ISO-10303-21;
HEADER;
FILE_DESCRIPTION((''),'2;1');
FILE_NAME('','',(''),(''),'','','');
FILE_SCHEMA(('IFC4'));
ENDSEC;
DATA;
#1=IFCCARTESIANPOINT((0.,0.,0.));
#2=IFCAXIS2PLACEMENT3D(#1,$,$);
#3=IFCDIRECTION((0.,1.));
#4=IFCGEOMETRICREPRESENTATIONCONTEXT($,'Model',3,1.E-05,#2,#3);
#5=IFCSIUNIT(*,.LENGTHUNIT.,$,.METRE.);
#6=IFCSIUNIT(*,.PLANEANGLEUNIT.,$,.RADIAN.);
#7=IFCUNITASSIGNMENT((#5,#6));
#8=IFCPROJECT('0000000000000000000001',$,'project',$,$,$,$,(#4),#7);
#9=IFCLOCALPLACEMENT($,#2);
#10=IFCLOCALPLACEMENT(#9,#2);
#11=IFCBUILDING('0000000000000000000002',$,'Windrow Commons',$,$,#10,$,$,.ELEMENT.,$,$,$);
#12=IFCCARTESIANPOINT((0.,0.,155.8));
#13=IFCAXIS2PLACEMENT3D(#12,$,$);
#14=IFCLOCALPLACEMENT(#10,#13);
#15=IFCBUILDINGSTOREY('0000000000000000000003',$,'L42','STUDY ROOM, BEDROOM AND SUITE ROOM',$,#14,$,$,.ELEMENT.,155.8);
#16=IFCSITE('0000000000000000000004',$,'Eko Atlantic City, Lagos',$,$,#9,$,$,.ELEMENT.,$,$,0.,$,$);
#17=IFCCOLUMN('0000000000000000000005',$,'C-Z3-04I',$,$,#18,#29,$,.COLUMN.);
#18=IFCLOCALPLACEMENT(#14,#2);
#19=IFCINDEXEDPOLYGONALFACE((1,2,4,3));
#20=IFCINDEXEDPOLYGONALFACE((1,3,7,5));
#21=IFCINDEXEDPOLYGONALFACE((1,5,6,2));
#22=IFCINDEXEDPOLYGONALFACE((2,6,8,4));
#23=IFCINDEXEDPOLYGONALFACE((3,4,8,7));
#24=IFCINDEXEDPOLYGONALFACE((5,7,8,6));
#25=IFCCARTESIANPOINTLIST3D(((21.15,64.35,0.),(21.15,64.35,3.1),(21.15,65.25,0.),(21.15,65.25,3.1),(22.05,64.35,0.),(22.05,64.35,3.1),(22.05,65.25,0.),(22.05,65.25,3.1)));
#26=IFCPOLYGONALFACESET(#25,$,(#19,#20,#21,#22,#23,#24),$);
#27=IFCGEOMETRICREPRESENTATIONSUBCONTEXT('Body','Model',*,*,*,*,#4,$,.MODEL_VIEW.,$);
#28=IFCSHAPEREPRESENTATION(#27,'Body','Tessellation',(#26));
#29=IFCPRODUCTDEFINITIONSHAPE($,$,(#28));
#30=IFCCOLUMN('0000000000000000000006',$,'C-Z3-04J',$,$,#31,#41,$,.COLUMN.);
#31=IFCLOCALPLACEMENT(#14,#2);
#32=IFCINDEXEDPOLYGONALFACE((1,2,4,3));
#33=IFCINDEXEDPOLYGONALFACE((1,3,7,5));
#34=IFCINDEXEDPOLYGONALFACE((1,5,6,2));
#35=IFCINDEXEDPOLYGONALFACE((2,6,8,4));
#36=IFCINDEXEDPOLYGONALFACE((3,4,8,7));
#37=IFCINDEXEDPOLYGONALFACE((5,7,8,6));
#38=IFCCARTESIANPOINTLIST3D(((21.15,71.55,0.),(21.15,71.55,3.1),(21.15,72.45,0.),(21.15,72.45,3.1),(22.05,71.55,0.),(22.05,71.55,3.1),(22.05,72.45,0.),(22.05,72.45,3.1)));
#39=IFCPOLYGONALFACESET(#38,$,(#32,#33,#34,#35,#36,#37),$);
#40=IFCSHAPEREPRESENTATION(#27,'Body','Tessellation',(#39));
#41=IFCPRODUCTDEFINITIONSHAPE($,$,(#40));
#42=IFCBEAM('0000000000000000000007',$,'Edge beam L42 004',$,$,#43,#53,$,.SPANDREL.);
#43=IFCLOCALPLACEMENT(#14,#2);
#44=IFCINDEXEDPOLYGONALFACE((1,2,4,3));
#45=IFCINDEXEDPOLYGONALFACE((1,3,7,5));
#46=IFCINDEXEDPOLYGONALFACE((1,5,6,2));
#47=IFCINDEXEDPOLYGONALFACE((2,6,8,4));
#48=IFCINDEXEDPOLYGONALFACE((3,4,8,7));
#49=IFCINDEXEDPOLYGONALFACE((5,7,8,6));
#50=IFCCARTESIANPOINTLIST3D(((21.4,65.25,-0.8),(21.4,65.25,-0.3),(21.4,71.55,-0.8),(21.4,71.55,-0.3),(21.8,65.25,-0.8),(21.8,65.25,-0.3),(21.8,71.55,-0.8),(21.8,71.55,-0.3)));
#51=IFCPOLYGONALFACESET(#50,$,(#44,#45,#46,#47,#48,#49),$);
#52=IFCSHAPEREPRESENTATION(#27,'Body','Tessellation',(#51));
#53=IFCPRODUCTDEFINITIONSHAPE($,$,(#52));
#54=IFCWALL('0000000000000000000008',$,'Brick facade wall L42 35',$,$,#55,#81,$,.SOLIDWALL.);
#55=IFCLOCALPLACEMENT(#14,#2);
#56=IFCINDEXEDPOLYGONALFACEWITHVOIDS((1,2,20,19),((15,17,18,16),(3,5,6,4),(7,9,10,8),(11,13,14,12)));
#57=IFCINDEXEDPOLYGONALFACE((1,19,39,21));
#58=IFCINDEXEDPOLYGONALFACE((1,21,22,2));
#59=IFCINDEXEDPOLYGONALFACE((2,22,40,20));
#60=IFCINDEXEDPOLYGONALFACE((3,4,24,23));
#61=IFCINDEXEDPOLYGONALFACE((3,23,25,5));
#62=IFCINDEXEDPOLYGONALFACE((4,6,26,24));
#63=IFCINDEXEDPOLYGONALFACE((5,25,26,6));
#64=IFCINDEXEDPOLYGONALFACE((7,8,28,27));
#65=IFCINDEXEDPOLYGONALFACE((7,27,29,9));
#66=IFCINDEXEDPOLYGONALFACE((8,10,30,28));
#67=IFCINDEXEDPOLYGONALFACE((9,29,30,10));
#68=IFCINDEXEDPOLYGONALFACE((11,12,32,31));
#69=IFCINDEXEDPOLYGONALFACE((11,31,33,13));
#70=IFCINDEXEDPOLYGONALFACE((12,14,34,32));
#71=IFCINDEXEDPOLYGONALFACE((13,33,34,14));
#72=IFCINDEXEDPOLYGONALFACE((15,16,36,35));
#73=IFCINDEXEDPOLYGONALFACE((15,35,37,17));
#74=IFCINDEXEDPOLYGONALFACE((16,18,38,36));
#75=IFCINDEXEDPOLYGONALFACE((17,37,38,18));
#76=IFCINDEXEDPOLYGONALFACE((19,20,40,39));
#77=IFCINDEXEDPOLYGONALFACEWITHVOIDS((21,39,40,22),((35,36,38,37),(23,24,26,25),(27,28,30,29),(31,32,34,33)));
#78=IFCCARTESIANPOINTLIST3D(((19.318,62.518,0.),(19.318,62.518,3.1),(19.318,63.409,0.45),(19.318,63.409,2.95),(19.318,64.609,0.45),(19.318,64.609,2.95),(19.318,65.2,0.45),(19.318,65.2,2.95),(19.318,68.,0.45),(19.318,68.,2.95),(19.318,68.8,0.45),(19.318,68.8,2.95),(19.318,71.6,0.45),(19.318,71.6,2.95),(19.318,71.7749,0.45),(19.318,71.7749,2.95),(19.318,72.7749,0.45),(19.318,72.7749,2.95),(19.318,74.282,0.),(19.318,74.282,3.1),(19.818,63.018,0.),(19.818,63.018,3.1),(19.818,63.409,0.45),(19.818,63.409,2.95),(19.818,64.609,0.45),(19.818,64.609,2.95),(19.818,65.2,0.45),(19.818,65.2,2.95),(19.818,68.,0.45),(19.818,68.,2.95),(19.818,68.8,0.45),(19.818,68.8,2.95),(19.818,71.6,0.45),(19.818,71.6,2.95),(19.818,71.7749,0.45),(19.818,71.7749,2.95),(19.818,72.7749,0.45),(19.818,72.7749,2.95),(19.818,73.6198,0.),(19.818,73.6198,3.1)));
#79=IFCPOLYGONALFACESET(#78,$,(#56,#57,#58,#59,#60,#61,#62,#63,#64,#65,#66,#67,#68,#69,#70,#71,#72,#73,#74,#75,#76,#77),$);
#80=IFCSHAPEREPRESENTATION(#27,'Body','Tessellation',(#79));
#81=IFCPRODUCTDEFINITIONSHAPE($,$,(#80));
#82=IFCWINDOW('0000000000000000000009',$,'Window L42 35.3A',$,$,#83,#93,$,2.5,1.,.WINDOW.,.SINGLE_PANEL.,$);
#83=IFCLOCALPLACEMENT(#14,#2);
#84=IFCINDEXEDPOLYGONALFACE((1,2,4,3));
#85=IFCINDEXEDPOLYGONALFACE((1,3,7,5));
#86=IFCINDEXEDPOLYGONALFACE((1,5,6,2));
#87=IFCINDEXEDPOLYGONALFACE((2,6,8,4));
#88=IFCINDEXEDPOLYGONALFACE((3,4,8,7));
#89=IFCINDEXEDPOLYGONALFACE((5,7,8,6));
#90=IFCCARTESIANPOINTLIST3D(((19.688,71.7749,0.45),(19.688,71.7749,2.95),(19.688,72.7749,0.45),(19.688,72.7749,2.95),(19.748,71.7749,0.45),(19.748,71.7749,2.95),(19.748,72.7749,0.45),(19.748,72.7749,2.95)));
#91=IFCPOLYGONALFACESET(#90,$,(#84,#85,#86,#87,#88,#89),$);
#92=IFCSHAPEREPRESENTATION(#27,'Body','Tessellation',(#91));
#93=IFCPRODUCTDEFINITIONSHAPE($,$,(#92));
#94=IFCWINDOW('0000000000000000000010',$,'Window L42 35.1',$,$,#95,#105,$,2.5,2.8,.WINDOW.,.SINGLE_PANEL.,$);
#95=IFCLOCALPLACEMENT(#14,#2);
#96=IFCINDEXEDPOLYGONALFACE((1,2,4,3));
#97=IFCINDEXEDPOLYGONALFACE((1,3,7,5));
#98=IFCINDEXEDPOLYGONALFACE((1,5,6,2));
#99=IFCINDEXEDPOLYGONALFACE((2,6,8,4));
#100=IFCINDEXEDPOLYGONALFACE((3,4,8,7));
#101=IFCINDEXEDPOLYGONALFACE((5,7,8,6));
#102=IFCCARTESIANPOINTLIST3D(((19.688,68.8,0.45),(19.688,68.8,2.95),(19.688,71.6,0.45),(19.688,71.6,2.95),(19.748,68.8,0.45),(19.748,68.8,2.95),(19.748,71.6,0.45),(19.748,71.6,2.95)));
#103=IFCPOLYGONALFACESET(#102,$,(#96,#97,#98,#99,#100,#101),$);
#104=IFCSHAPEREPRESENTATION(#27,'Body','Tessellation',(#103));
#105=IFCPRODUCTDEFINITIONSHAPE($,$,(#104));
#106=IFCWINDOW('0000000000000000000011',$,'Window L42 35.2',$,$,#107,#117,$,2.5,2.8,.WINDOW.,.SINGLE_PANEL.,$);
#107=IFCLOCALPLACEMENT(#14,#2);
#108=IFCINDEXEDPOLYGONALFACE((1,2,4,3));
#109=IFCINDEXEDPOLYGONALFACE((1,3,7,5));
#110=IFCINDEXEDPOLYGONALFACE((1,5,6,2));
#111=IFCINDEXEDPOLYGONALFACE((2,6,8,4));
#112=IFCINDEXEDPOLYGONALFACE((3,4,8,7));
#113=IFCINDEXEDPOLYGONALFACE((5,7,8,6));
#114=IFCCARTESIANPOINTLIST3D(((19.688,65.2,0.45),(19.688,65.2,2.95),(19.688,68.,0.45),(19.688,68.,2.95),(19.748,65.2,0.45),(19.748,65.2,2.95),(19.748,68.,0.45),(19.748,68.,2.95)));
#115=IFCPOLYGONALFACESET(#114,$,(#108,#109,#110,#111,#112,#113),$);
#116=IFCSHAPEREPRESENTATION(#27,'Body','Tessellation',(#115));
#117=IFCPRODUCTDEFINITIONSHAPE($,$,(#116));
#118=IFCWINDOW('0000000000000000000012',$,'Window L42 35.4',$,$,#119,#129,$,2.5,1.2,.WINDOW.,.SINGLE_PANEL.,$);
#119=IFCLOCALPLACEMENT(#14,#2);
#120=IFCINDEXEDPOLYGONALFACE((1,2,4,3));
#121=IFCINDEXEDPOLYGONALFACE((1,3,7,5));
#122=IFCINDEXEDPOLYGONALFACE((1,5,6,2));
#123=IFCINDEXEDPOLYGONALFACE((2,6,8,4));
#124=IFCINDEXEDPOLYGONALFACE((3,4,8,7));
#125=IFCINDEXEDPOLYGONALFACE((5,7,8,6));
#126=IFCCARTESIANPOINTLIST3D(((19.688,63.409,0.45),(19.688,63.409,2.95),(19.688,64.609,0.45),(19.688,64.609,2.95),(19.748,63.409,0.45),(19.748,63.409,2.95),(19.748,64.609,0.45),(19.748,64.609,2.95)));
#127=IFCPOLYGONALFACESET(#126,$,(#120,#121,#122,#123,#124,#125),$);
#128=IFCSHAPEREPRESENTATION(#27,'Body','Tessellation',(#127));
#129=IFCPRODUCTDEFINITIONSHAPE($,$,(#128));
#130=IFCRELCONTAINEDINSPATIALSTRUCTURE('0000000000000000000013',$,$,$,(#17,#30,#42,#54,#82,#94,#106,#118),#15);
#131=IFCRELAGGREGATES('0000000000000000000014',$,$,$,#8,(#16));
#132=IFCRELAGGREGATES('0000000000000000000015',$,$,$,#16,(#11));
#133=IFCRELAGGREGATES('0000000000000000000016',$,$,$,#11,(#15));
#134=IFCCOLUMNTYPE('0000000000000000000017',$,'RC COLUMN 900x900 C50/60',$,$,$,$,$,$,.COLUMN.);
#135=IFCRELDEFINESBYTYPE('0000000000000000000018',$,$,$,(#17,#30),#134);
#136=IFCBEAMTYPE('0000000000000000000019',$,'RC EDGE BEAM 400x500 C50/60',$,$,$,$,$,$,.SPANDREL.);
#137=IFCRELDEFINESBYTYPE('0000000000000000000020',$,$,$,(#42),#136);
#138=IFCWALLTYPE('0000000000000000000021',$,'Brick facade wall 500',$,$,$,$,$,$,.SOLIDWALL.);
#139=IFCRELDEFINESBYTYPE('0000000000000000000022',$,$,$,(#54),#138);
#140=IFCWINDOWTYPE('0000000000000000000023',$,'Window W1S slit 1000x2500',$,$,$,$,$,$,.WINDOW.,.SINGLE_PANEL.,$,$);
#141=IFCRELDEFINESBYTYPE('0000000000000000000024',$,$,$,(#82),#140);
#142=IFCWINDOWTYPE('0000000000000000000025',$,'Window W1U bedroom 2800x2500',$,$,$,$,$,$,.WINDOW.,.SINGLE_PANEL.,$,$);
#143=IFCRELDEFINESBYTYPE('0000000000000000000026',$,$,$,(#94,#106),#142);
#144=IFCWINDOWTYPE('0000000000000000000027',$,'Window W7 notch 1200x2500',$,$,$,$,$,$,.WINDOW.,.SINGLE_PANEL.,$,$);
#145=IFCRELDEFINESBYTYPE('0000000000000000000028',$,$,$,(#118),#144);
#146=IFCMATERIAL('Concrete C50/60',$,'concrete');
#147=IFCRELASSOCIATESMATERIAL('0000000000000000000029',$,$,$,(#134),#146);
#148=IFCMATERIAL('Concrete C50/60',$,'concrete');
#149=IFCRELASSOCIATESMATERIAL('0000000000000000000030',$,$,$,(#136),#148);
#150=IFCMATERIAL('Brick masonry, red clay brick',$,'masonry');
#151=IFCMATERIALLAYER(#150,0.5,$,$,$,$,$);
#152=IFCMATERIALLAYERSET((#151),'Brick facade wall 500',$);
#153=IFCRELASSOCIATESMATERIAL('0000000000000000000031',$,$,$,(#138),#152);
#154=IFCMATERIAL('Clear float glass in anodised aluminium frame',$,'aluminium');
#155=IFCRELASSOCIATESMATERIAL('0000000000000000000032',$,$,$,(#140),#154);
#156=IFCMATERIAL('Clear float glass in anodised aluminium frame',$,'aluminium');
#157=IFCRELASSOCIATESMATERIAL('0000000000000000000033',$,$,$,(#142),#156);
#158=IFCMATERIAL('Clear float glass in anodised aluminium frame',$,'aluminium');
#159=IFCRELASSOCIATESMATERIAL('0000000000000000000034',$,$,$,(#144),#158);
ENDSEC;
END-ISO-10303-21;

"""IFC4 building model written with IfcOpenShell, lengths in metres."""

from ifc_helpers import new_model, si_unit, direction, frame, frame_2d, origin, origin_2d, place, context, subcontext, project, spatial, polyline, rectangle, outline, extrude, material, layer, layer_set, material_profile, profile_set, type_object, element, fill, save


model = new_model("IFC4")

# Units and contexts
model_context = context("Model", 3, precision=1e-05, world=origin(), true_north=direction((0.0, 1.0)))
body_context = subcontext(model_context, "Body", "Model", "MODEL_VIEW")
ifc_project = project(units=[si_unit("LENGTHUNIT", "METRE"), si_unit("PLANEANGLEUNIT", "RADIAN")], contexts=[model_context])

# Site, building, storey
site_placement = place(None, origin())
site = spatial("IfcSite", under=ifc_project, at=site_placement, Name="Eko Atlantic City, Lagos", CompositionType="ELEMENT", RefElevation=0.0)
building_placement = place(site_placement, origin())
building = spatial("IfcBuilding", under=site, at=building_placement, Name="Windrow Commons", CompositionType="ELEMENT")
storey_placement = place(building_placement, frame((0.0, 0.0, 155.8)))
storey = spatial("IfcBuildingStorey", under=building, at=storey_placement, Name="L42", Description="STUDY ROOM, BEDROOM AND SUITE ROOM", CompositionType="ELEMENT", Elevation=155.8)

# Columns
ifc_material_1 = material(Name="Concrete C50/60", Category="concrete")
ifc_material_profile_1 = material_profile(ifc_material_1, rectangle(XDim=0.9, YDim=0.9, at=origin_2d()))
ifc_profile_set_1 = profile_set([ifc_material_profile_1], Name="Concrete C50/60")
column_type = type_object("IfcColumnType", Name="RC COLUMN 900x900 C50/60", PredefinedType="COLUMN", material=ifc_profile_set_1)
for number, where, z_axis, x_axis, name in (
    (1, (21.6, 64.8, 0.0), (0.0, 0.0, 1.0), (1.0, 0.0, 0.0), "C-Z3-04I"),
    (2, (21.6, 72.0, 0.0), (0.0, 0.0, 1.0), (1.0, 0.0, 0.0), "C-Z3-04J"),
):
    element("IfcColumn", number, at=place(storey_placement, frame(where, z_axis=z_axis, x_axis=x_axis)), inside=storey, type_object=column_type, Name=name, PredefinedType="COLUMN", context=body_context, shape_type="SweptSolid", body=[
        extrude(rectangle(XDim=0.9, YDim=0.9, at=origin_2d()), origin(), (0.0, 0.0, 1.0), 3.1),
    ])

# Beam
ifc_material_2 = material(Name="Concrete C50/60", Category="concrete")
ifc_material_profile_2 = material_profile(ifc_material_2, rectangle(XDim=0.4, YDim=0.5, at=origin_2d()))
ifc_profile_set_2 = profile_set([ifc_material_profile_2], Name="Concrete C50/60")
beam_type = type_object("IfcBeamType", Name="RC EDGE BEAM 400x500 C50/60", PredefinedType="SPANDREL", material=ifc_profile_set_2)
beam_placement = place(storey_placement, frame((21.6, 65.25, -0.55), z_axis=(0.0, 1.0, 0.0), x_axis=(-1.0, 0.0, 0.0)))
element("IfcBeam", 3, at=beam_placement, inside=storey, type_object=beam_type, Name="Edge beam L42 004", PredefinedType="SPANDREL", context=body_context, shape_type="SweptSolid", body=[
    extrude(rectangle(XDim=0.4, YDim=0.5, at=origin_2d()), origin(), (0.0, 0.0, 1.0), 6.3),
])

# Wall, openings, windows
ifc_material_3 = material(Name="Brick masonry, red clay brick", Category="masonry")
ifc_layer_1 = layer(ifc_material_3, 0.5)
ifc_layer_set_1 = layer_set([ifc_layer_1], Name="Brick facade wall 500")
wall_type_1 = type_object("IfcWallType", Name="Brick facade wall 500", PredefinedType="SOLIDWALL", material=ifc_layer_set_1)
wall_1_placement = place(storey_placement, frame((19.568, 73.9509, 0.0), z_axis=(0.0, 0.0, 1.0), x_axis=(0.0, -1.0, 0.0)))
wall_1 = element("IfcWall", 4, at=wall_1_placement, inside=storey, type_object=wall_type_1, Name="Brick facade wall L42 35", PredefinedType="SOLIDWALL", context=body_context, shape_type="SweptSolid", body=[
    extrude(outline(polyline([(-0.3311, -0.25), (11.4329, -0.25), (10.9329, 0.25), (0.3311, 0.25), (-0.3311, -0.25)])), origin(), (0.0, 0.0, 1.0), 3.1),
])
opening_1_placement = place(wall_1_placement, frame((2.3509, 0.0, 0.45)))
opening_1 = element("IfcOpeningElement", 5, at=opening_1_placement, cuts=wall_1, PredefinedType="OPENING", context=body_context, shape_type="SweptSolid", body=[
    extrude(rectangle(XDim=2.8, YDim=2.5, at=frame_2d((1.4, 1.25))), frame((0.0, 0.26, 0.0), z_axis=(0.0, -1.0, 0.0), x_axis=(1.0, 0.0, 0.0)), (0.0, 0.0, 1.0), 0.52),
])
opening_2_placement = place(wall_1_placement, frame((5.9509, 0.0, 0.45)))
opening_2 = element("IfcOpeningElement", 6, at=opening_2_placement, cuts=wall_1, PredefinedType="OPENING", context=body_context, shape_type="SweptSolid", body=[
    extrude(rectangle(XDim=2.8, YDim=2.5, at=frame_2d((1.4, 1.25))), frame((0.0, 0.26, 0.0), z_axis=(0.0, -1.0, 0.0), x_axis=(1.0, 0.0, 0.0)), (0.0, 0.0, 1.0), 0.52),
])
opening_3_placement = place(wall_1_placement, frame((9.3419, 0.0, 0.45)))
opening_3 = element("IfcOpeningElement", 7, at=opening_3_placement, cuts=wall_1, PredefinedType="OPENING", context=body_context, shape_type="SweptSolid", body=[
    extrude(rectangle(XDim=1.2, YDim=2.5, at=frame_2d((0.6, 1.25))), frame((0.0, 0.26, 0.0), z_axis=(0.0, -1.0, 0.0), x_axis=(1.0, 0.0, 0.0)), (0.0, 0.0, 1.0), 0.52),
])
opening_4_placement = place(wall_1_placement, frame((1.176, 0.0, 0.45)))
opening_4 = element("IfcOpeningElement", 8, at=opening_4_placement, cuts=wall_1, PredefinedType="OPENING", context=body_context, shape_type="SweptSolid", body=[
    extrude(rectangle(XDim=1.0, YDim=2.5, at=frame_2d((0.5, 1.25))), frame((0.0, 0.26, 0.0), z_axis=(0.0, -1.0, 0.0), x_axis=(1.0, 0.0, 0.0)), (0.0, 0.0, 1.0), 0.52),
])
ifc_material_4 = material(Name="Clear float glass in anodised aluminium frame", Category="aluminium")
window_type_1 = type_object("IfcWindowType", Name="Window W1S slit 1000x2500", PartitioningType="SINGLE_PANEL", PredefinedType="WINDOW", material=ifc_material_4)
window_1_placement = place(opening_4_placement, origin())
window_1 = element("IfcWindow", 9, at=window_1_placement, inside=storey, type_object=window_type_1, Name="Window L42 35.3A", OverallHeight=2.5, OverallWidth=1.0, PartitioningType="SINGLE_PANEL", PredefinedType="WINDOW", context=body_context, shape_type="SweptSolid", body=[
    extrude(rectangle(XDim=1.0, YDim=2.5, at=frame_2d((0.5, 1.25))), frame((0.0, 0.18, 0.0), z_axis=(0.0, -1.0, 0.0), x_axis=(1.0, 0.0, 0.0)), (0.0, 0.0, 1.0), 0.06),
])
fill(opening_4, window_1)
ifc_material_5 = material(Name="Clear float glass in anodised aluminium frame", Category="aluminium")
window_type_2 = type_object("IfcWindowType", Name="Window W1U bedroom 2800x2500", PartitioningType="SINGLE_PANEL", PredefinedType="WINDOW", material=ifc_material_5)
window_2_placement = place(opening_1_placement, origin())
window_2 = element("IfcWindow", 10, at=window_2_placement, inside=storey, type_object=window_type_2, Name="Window L42 35.1", OverallHeight=2.5, OverallWidth=2.8, PartitioningType="SINGLE_PANEL", PredefinedType="WINDOW", context=body_context, shape_type="SweptSolid", body=[
    extrude(rectangle(XDim=2.8, YDim=2.5, at=frame_2d((1.4, 1.25))), frame((0.0, 0.18, 0.0), z_axis=(0.0, -1.0, 0.0), x_axis=(1.0, 0.0, 0.0)), (0.0, 0.0, 1.0), 0.06),
])
fill(opening_1, window_2)
window_3_placement = place(opening_2_placement, origin())
window_3 = element("IfcWindow", 11, at=window_3_placement, inside=storey, type_object=window_type_2, Name="Window L42 35.2", OverallHeight=2.5, OverallWidth=2.8, PartitioningType="SINGLE_PANEL", PredefinedType="WINDOW", context=body_context, shape_type="SweptSolid", body=[
    extrude(rectangle(XDim=2.8, YDim=2.5, at=frame_2d((1.4, 1.25))), frame((0.0, 0.18, 0.0), z_axis=(0.0, -1.0, 0.0), x_axis=(1.0, 0.0, 0.0)), (0.0, 0.0, 1.0), 0.06),
])
fill(opening_2, window_3)
ifc_material_6 = material(Name="Clear float glass in anodised aluminium frame", Category="aluminium")
window_type_3 = type_object("IfcWindowType", Name="Window W7 notch 1200x2500", PartitioningType="SINGLE_PANEL", PredefinedType="WINDOW", material=ifc_material_6)
window_4_placement = place(opening_3_placement, origin())
window_4 = element("IfcWindow", 12, at=window_4_placement, inside=storey, type_object=window_type_3, Name="Window L42 35.4", OverallHeight=2.5, OverallWidth=1.2, PartitioningType="SINGLE_PANEL", PredefinedType="WINDOW", context=body_context, shape_type="SweptSolid", body=[
    extrude(rectangle(XDim=1.2, YDim=2.5, at=frame_2d((0.6, 1.25))), frame((0.0, 0.18, 0.0), z_axis=(0.0, -1.0, 0.0), x_axis=(1.0, 0.0, 0.0)), (0.0, 0.0, 1.0), 0.06),
])
fill(opening_3, window_4)

save(model, "model.ifc")
